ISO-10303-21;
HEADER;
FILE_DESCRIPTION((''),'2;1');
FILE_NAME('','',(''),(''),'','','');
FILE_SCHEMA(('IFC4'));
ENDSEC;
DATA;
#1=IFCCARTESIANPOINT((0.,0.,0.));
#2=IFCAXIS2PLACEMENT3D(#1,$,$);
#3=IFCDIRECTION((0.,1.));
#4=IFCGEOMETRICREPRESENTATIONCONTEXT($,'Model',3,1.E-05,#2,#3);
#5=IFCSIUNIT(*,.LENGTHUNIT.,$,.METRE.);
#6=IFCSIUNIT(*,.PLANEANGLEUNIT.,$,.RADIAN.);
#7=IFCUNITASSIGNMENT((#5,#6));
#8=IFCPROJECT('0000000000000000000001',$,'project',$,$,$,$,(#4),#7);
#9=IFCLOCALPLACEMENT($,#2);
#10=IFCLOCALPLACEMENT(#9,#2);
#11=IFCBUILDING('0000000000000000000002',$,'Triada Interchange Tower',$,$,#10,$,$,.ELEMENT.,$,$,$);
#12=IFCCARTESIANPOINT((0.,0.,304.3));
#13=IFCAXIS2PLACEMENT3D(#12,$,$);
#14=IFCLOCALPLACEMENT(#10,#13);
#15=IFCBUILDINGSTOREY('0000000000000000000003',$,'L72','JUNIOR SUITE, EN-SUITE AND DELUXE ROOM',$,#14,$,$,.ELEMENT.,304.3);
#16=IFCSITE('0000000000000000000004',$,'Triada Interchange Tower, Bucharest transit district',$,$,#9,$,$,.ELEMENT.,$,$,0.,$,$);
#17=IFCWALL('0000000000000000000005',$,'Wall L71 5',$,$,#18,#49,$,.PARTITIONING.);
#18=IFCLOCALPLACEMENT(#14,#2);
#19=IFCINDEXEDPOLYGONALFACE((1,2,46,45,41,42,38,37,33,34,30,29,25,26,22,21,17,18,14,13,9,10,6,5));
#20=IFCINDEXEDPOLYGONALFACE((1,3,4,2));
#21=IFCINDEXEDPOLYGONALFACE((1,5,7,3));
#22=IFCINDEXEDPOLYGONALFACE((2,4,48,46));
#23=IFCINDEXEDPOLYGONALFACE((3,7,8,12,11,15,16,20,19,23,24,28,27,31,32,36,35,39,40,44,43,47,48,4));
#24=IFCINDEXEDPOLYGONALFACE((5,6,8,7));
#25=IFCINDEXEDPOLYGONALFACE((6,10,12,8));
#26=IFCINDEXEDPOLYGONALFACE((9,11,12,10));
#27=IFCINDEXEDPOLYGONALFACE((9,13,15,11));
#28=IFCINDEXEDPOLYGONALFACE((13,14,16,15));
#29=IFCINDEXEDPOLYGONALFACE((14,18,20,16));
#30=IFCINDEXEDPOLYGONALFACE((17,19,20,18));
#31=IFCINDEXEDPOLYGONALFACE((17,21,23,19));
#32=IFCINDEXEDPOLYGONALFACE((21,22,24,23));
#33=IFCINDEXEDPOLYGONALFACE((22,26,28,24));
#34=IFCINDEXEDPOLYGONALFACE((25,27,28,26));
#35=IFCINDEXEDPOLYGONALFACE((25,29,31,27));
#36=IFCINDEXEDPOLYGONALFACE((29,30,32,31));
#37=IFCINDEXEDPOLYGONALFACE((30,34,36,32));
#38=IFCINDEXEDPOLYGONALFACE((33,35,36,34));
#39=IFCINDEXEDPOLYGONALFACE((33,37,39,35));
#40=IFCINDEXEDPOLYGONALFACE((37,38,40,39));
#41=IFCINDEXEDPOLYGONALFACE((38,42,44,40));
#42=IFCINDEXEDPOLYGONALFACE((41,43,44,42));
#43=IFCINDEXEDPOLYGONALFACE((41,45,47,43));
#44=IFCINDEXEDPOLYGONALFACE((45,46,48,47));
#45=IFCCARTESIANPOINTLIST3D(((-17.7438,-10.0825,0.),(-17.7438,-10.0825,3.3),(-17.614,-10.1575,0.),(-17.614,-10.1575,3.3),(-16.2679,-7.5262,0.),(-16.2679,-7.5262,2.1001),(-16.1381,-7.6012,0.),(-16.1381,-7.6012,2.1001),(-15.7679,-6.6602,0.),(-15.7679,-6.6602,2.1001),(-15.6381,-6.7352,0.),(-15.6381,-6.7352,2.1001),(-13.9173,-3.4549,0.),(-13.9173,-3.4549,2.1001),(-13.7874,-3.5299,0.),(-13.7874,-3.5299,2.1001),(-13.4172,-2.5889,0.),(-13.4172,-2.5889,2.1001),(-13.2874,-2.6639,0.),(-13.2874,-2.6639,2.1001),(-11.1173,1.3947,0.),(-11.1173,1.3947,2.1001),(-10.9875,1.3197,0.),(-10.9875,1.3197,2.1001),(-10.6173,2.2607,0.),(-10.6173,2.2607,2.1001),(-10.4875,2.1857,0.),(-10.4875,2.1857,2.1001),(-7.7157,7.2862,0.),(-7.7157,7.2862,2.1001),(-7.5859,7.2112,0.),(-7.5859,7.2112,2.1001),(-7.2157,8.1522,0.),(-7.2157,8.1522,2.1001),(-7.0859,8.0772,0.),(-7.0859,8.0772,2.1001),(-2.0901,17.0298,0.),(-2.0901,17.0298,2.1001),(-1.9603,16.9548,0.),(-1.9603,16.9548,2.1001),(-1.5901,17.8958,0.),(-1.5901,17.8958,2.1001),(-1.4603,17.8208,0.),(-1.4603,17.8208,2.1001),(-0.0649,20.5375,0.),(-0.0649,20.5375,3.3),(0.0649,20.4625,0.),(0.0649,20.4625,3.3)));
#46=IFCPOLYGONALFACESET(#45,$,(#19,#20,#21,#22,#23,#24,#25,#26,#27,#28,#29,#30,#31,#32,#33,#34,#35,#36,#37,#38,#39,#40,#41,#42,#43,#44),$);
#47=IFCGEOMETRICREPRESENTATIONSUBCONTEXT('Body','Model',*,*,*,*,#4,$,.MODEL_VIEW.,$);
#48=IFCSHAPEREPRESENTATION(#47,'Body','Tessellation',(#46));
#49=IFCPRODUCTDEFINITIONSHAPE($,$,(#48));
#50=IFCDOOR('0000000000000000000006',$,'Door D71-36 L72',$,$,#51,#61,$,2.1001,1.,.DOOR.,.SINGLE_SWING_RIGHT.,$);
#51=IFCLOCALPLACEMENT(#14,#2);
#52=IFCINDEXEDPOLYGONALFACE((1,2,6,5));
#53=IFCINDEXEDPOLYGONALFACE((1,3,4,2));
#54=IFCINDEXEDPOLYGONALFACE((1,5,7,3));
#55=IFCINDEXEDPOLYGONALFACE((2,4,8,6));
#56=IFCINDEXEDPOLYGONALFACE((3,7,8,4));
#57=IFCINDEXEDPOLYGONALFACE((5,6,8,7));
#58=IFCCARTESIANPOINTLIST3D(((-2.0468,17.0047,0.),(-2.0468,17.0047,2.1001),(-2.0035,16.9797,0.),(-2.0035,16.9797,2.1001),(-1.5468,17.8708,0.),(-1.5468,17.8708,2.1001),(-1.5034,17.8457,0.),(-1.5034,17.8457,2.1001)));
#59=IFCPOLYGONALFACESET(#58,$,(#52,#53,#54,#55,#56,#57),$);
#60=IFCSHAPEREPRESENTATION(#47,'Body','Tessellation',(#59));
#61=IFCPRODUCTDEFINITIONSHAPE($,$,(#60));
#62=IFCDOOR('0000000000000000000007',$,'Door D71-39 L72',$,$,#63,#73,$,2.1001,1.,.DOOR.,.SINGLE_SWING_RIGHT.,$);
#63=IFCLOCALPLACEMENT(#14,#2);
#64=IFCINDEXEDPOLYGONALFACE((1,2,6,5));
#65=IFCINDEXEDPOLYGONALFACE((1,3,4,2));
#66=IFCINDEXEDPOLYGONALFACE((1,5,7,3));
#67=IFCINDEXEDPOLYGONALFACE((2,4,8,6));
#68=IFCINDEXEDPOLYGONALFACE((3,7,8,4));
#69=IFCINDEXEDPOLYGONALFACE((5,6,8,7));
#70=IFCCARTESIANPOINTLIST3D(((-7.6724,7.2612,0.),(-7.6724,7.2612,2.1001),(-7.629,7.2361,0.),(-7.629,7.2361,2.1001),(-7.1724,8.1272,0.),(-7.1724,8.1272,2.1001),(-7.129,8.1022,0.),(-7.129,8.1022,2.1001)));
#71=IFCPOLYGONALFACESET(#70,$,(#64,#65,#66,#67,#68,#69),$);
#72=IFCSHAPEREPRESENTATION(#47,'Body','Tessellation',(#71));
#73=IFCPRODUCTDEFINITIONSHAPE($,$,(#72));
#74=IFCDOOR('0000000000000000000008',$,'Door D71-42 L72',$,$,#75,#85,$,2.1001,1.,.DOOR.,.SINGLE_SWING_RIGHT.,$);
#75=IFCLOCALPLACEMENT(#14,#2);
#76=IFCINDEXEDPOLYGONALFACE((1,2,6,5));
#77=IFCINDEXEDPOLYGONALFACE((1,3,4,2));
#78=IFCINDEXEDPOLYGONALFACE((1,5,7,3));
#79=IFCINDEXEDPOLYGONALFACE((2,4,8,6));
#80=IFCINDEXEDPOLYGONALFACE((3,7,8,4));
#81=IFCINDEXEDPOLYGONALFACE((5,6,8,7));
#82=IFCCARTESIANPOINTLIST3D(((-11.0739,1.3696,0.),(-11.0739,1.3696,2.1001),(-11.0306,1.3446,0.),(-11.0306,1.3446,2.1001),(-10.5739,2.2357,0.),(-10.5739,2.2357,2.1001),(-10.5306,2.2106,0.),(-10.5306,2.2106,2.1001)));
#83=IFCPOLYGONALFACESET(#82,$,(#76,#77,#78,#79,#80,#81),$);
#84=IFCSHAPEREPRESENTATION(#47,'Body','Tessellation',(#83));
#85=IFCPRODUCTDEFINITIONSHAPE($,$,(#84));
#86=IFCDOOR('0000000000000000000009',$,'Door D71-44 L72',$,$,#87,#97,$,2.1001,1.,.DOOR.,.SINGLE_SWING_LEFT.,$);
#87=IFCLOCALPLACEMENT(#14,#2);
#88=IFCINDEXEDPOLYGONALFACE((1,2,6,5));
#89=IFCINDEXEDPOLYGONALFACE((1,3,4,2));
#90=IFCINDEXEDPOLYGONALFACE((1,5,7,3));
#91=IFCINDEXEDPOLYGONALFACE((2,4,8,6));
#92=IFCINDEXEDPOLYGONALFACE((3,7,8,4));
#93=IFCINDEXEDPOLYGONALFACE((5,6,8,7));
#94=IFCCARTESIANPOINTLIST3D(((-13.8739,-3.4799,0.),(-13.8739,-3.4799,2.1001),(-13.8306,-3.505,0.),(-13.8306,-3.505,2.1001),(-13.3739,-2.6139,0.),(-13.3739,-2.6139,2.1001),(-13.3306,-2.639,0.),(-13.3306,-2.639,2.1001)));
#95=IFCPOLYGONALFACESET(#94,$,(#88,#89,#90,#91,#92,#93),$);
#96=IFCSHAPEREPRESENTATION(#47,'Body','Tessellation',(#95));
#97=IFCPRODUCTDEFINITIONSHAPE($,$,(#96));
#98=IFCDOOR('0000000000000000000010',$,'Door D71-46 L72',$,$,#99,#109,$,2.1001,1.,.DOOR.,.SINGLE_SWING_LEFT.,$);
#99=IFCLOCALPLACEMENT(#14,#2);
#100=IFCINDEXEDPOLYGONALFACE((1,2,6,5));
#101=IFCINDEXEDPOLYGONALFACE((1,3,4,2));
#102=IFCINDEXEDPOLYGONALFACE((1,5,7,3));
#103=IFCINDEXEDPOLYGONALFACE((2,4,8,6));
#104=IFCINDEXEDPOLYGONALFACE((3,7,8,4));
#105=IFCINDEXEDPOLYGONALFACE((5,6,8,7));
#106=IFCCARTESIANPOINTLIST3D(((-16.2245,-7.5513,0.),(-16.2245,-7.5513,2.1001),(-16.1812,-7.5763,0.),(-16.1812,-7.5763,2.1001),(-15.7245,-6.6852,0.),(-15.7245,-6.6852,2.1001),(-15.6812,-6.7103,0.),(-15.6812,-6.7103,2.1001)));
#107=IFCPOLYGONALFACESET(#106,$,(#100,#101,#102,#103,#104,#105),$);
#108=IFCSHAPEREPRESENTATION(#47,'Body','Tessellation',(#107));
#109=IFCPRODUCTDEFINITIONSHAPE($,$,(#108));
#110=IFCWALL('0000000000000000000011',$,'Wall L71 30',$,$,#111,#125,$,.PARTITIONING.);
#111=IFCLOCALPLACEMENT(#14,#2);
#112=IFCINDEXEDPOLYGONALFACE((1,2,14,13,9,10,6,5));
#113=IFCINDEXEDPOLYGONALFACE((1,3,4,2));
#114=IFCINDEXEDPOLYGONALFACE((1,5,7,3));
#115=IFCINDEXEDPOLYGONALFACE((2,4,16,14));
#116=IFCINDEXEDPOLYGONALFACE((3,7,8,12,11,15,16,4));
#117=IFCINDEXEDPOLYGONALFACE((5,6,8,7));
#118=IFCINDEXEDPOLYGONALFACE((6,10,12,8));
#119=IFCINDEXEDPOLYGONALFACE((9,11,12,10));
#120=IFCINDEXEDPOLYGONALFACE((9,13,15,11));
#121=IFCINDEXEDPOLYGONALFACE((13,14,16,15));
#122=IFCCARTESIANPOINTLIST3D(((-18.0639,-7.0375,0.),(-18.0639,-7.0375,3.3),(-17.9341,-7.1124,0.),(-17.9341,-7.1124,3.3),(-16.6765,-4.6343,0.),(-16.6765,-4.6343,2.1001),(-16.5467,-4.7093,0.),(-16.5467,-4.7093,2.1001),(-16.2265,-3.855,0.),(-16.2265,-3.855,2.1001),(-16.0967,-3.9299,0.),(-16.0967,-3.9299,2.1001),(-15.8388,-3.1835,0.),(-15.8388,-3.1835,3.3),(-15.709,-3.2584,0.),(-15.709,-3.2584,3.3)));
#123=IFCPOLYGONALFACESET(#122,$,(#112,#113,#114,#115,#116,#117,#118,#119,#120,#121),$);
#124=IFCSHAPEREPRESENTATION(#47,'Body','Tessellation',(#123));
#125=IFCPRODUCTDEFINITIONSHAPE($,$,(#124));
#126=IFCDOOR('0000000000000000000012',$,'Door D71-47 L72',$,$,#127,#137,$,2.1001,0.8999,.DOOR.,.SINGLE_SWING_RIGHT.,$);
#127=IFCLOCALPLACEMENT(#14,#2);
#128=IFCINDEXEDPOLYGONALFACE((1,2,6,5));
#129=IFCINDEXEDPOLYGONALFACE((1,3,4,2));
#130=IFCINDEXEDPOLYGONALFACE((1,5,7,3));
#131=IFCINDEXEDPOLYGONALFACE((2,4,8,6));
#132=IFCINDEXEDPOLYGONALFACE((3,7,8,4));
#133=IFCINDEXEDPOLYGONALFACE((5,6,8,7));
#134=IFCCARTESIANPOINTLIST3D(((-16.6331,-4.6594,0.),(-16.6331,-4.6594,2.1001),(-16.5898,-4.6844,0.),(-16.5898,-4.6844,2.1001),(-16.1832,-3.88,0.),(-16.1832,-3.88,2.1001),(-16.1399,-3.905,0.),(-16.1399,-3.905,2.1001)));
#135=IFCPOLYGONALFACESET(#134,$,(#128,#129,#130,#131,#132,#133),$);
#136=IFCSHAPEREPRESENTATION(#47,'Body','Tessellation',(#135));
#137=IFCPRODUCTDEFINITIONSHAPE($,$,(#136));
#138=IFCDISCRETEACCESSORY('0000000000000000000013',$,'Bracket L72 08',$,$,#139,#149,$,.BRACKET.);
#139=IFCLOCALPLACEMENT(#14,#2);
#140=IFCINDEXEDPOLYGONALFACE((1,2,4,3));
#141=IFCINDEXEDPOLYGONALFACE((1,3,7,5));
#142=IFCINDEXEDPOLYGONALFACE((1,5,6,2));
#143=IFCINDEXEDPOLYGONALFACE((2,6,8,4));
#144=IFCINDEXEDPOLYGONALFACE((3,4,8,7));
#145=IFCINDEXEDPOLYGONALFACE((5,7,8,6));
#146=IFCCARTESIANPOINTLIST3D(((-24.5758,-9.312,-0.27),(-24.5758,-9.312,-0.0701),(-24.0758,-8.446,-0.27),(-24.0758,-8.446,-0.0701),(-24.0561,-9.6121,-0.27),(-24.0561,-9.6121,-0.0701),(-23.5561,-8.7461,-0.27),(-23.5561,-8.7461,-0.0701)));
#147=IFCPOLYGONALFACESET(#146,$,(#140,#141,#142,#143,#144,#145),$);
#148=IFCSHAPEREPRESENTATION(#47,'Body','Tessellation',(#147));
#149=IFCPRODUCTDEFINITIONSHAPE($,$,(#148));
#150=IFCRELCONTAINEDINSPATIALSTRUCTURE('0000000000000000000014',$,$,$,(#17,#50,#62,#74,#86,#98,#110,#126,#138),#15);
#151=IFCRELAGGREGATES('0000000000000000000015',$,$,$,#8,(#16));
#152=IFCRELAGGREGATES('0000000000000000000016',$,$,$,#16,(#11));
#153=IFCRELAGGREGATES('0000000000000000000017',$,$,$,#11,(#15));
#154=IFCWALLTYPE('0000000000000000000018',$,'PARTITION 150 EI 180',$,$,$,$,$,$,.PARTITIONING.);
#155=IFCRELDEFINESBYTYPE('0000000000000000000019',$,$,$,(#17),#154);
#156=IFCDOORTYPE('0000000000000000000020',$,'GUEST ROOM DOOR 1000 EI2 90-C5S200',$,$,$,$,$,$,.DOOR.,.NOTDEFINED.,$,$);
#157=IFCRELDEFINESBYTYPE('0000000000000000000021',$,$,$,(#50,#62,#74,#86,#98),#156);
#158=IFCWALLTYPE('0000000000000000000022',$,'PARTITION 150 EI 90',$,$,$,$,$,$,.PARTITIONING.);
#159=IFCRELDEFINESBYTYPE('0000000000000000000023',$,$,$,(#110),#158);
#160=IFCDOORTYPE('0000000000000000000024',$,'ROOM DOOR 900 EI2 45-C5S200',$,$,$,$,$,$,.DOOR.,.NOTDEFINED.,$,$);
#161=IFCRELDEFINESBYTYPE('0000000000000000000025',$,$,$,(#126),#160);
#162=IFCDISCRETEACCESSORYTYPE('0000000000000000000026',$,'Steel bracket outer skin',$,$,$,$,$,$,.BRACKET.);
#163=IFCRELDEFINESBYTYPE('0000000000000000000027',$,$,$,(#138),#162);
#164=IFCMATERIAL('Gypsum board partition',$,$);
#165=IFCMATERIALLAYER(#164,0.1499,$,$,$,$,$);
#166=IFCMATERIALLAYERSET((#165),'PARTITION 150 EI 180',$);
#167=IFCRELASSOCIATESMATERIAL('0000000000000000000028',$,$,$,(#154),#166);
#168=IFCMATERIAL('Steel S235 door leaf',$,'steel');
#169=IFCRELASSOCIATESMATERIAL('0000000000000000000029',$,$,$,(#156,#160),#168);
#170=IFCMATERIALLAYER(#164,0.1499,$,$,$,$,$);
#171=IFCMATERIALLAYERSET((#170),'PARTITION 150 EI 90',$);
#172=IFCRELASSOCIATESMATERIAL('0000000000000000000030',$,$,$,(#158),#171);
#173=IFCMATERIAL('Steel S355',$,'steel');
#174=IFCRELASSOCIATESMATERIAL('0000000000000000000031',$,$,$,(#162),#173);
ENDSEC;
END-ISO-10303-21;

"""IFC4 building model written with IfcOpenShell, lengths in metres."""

from ifc_helpers import new_model, si_unit, direction, frame, frame_2d, origin, origin_2d, place, context, subcontext, project, spatial, rectangle, extrude, material, layer, layer_set, type_object, element, fill, save


model = new_model("IFC4")

# Units and contexts
model_context = context("Model", 3, precision=1e-05, world=origin(), true_north=direction((0.0, 1.0)))
body_context = subcontext(model_context, "Body", "Model", "MODEL_VIEW")
ifc_project = project(units=[si_unit("LENGTHUNIT", "METRE"), si_unit("PLANEANGLEUNIT", "RADIAN")], contexts=[model_context])

# Site, building, storey
site_placement = place(None, origin())
site = spatial("IfcSite", under=ifc_project, at=site_placement, Name="Triada Interchange Tower, Bucharest transit district", CompositionType="ELEMENT", RefElevation=0.0)
building_placement = place(site_placement, origin())
building = spatial("IfcBuilding", under=site, at=building_placement, Name="Triada Interchange Tower", CompositionType="ELEMENT")
storey_placement = place(building_placement, frame((0.0, 0.0, 304.3)))
storey = spatial("IfcBuildingStorey", under=building, at=storey_placement, Name="L72", Description="JUNIOR SUITE, EN-SUITE AND DELUXE ROOM", CompositionType="ELEMENT", Elevation=304.3)

# Wall, openings, doors
ifc_material_1 = material(Name="Gypsum board partition")
ifc_layer_1 = layer(ifc_material_1, 0.1499)
ifc_layer_set_1 = layer_set([ifc_layer_1], Name="PARTITION 150 EI 180")
wall_type_1 = type_object("IfcWallType", Name="PARTITION 150 EI 180", PredefinedType="PARTITIONING", material=ifc_layer_set_1)
ifc_material_2 = material(Name="Steel S235 door leaf", Category="steel")
door_type_1 = type_object("IfcDoorType", Name="GUEST ROOM DOOR 1000 EI2 90-C5S200", OperationType="NOTDEFINED", PredefinedType="DOOR", material=ifc_material_2)
wall_1_placement = place(storey_placement, frame((-17.679, -10.1201, 0.0), z_axis=(0.0, 0.0, 1.0), x_axis=(0.500009, 0.86602, 0.0)))
wall_1 = element("IfcWall", 1, at=wall_1_placement, inside=storey, type_object=wall_type_1, Name="Wall L71 5", PredefinedType="PARTITIONING", context=body_context, shape_type="SweptSolid", body=[
    extrude(rectangle(XDim=35.3572, YDim=0.1499, at=frame_2d((17.6787, 0.0))), origin(), (0.0, 0.0, 1.0), 3.3),
])
opening_1_placement = place(wall_1_placement, frame((31.3069, 0.0, 0.0)))
opening_1 = element("IfcOpeningElement", 2, at=opening_1_placement, cuts=wall_1, PredefinedType="OPENING", context=body_context, shape_type="SweptSolid", body=[
    extrude(rectangle(XDim=1.0, YDim=2.1001, at=frame_2d((0.5, 1.05))), frame((0.0, 0.085, 0.0), z_axis=(0.0, -1.0, 0.0), x_axis=(1.0, 0.0, 0.0)), (0.0, 0.0, 1.0), 0.1699),
])
opening_2_placement = place(wall_1_placement, frame((20.0559, 0.0, 0.0)))
opening_2 = element("IfcOpeningElement", 3, at=opening_2_placement, cuts=wall_1, PredefinedType="OPENING", context=body_context, shape_type="SweptSolid", body=[
    extrude(rectangle(XDim=1.0, YDim=2.1001, at=frame_2d((0.5, 1.05))), frame((0.0, 0.085, 0.0), z_axis=(0.0, -1.0, 0.0), x_axis=(1.0, 0.0, 0.0)), (0.0, 0.0, 1.0), 0.1699),
])
opening_3_placement = place(wall_1_placement, frame((13.2529, 0.0, 0.0)))
opening_3 = element("IfcOpeningElement", 4, at=opening_3_placement, cuts=wall_1, PredefinedType="OPENING", context=body_context, shape_type="SweptSolid", body=[
    extrude(rectangle(XDim=1.0, YDim=2.1001, at=frame_2d((0.5, 1.05))), frame((0.0, 0.085, 0.0), z_axis=(0.0, -1.0, 0.0), x_axis=(1.0, 0.0, 0.0)), (0.0, 0.0, 1.0), 0.1699),
])
opening_4_placement = place(wall_1_placement, frame((7.6531, 0.0, 0.0)))
opening_4 = element("IfcOpeningElement", 5, at=opening_4_placement, cuts=wall_1, PredefinedType="OPENING", context=body_context, shape_type="SweptSolid", body=[
    extrude(rectangle(XDim=1.0, YDim=2.1001, at=frame_2d((0.5, 1.05))), frame((0.0, 0.085, 0.0), z_axis=(0.0, -1.0, 0.0), x_axis=(1.0, 0.0, 0.0)), (0.0, 0.0, 1.0), 0.1699),
])
opening_5_placement = place(wall_1_placement, frame((2.9519, 0.0, 0.0)))
opening_5 = element("IfcOpeningElement", 6, at=opening_5_placement, cuts=wall_1, PredefinedType="OPENING", context=body_context, shape_type="SweptSolid", body=[
    extrude(rectangle(XDim=1.0, YDim=2.1001, at=frame_2d((0.5, 1.05))), frame((0.0, 0.085, 0.0), z_axis=(0.0, -1.0, 0.0), x_axis=(1.0, 0.0, 0.0)), (0.0, 0.0, 1.0), 0.1699),
])
door_1_placement = place(opening_1_placement, origin())
door_1 = element("IfcDoor", 7, at=door_1_placement, inside=storey, type_object=door_type_1, Name="Door D71-36 L72", OperationType="SINGLE_SWING_RIGHT", OverallHeight=2.1001, OverallWidth=1.0, PredefinedType="DOOR", context=body_context, shape_type="SweptSolid", body=[
    extrude(rectangle(XDim=1.0, YDim=2.1001, at=frame_2d((0.5, 1.05))), frame((0.0, 0.0249, 0.0), z_axis=(0.0, -1.0, 0.0), x_axis=(1.0, 0.0, 0.0)), (0.0, 0.0, 1.0), 0.05),
])
fill(opening_1, door_1)
door_2_placement = place(opening_2_placement, origin())
door_2 = element("IfcDoor", 8, at=door_2_placement, inside=storey, type_object=door_type_1, Name="Door D71-39 L72", OperationType="SINGLE_SWING_RIGHT", OverallHeight=2.1001, OverallWidth=1.0, PredefinedType="DOOR", context=body_context, shape_type="SweptSolid", body=[
    extrude(rectangle(XDim=1.0, YDim=2.1001, at=frame_2d((0.5, 1.05))), frame((0.0, 0.0249, 0.0), z_axis=(0.0, -1.0, 0.0), x_axis=(1.0, 0.0, 0.0)), (0.0, 0.0, 1.0), 0.05),
])
fill(opening_2, door_2)
door_3_placement = place(opening_3_placement, origin())
door_3 = element("IfcDoor", 9, at=door_3_placement, inside=storey, type_object=door_type_1, Name="Door D71-42 L72", OperationType="SINGLE_SWING_RIGHT", OverallHeight=2.1001, OverallWidth=1.0, PredefinedType="DOOR", context=body_context, shape_type="SweptSolid", body=[
    extrude(rectangle(XDim=1.0, YDim=2.1001, at=frame_2d((0.5, 1.05))), frame((0.0, 0.0249, 0.0), z_axis=(0.0, -1.0, 0.0), x_axis=(1.0, 0.0, 0.0)), (0.0, 0.0, 1.0), 0.05),
])
fill(opening_3, door_3)
door_4_placement = place(opening_4_placement, origin())
door_4 = element("IfcDoor", 10, at=door_4_placement, inside=storey, type_object=door_type_1, Name="Door D71-44 L72", OperationType="SINGLE_SWING_LEFT", OverallHeight=2.1001, OverallWidth=1.0, PredefinedType="DOOR", context=body_context, shape_type="SweptSolid", body=[
    extrude(rectangle(XDim=1.0, YDim=2.1001, at=frame_2d((0.5, 1.05))), frame((0.0, 0.0249, 0.0), z_axis=(0.0, -1.0, 0.0), x_axis=(1.0, 0.0, 0.0)), (0.0, 0.0, 1.0), 0.05),
])
fill(opening_4, door_4)
door_5_placement = place(opening_5_placement, origin())
door_5 = element("IfcDoor", 11, at=door_5_placement, inside=storey, type_object=door_type_1, Name="Door D71-46 L72", OperationType="SINGLE_SWING_LEFT", OverallHeight=2.1001, OverallWidth=1.0, PredefinedType="DOOR", context=body_context, shape_type="SweptSolid", body=[
    extrude(rectangle(XDim=1.0, YDim=2.1001, at=frame_2d((0.5, 1.05))), frame((0.0, 0.0249, 0.0), z_axis=(0.0, -1.0, 0.0), x_axis=(1.0, 0.0, 0.0)), (0.0, 0.0, 1.0), 0.05),
])
fill(opening_5, door_5)

# Wall, opening, door
ifc_layer_2 = layer(ifc_material_1, 0.1499)
ifc_layer_set_2 = layer_set([ifc_layer_2], Name="PARTITION 150 EI 90")
wall_type_2 = type_object("IfcWallType", Name="PARTITION 150 EI 90", PredefinedType="PARTITIONING", material=ifc_layer_set_2)
wall_2_placement = place(storey_placement, frame((-17.999, -7.075, 0.0), z_axis=(0.0, 0.0, 1.0), x_axis=(0.499998, 0.866027, 0.0)))
wall_2 = element("IfcWall", 12, at=wall_2_placement, inside=storey, type_object=wall_type_2, Name="Wall L71 30", PredefinedType="PARTITIONING", context=body_context, shape_type="SweptSolid", body=[
    extrude(rectangle(XDim=4.4502, YDim=0.1499, at=frame_2d((2.2251, 0.0))), origin(), (0.0, 0.0, 1.0), 3.3),
])
opening_6_placement = place(wall_2_placement, frame((2.7749, 0.0, 0.0)))
opening_6 = element("IfcOpeningElement", 13, at=opening_6_placement, cuts=wall_2, PredefinedType="OPENING", context=body_context, shape_type="SweptSolid", body=[
    extrude(rectangle(XDim=0.8999, YDim=2.1001, at=frame_2d((0.45, 1.05))), frame((0.0, 0.085, 0.0), z_axis=(0.0, -1.0, 0.0), x_axis=(1.0, 0.0, 0.0)), (0.0, 0.0, 1.0), 0.1699),
])
door_type_2 = type_object("IfcDoorType", Name="ROOM DOOR 900 EI2 45-C5S200", OperationType="NOTDEFINED", PredefinedType="DOOR", material=ifc_material_2)
door_6_placement = place(opening_6_placement, origin())
door_6 = element("IfcDoor", 14, at=door_6_placement, inside=storey, type_object=door_type_2, Name="Door D71-47 L72", OperationType="SINGLE_SWING_RIGHT", OverallHeight=2.1001, OverallWidth=0.8999, PredefinedType="DOOR", context=body_context, shape_type="SweptSolid", body=[
    extrude(rectangle(XDim=0.8999, YDim=2.1001, at=frame_2d((0.45, 1.05))), frame((0.0, 0.0249, 0.0), z_axis=(0.0, -1.0, 0.0), x_axis=(1.0, 0.0, 0.0)), (0.0, 0.0, 1.0), 0.05),
])
fill(opening_6, door_6)

# Discrete accessory
ifc_material_3 = material(Name="Steel S355", Category="steel")
discrete_accessory_type = type_object("IfcDiscreteAccessoryType", Name="Steel bracket outer skin", PredefinedType="BRACKET", material=ifc_material_3)
discrete_accessory_placement = place(storey_placement, frame((-24.0659, -9.0291, -0.27), z_axis=(0.0, 0.0, 1.0), x_axis=(-0.866027, 0.499997, 0.0)))
element("IfcDiscreteAccessory", 15, at=discrete_accessory_placement, inside=storey, type_object=discrete_accessory_type, Name="Bracket L72 08", PredefinedType="BRACKET", context=body_context, shape_type="SweptSolid", body=[
    extrude(rectangle(XDim=0.6001, YDim=1.0, at=origin_2d()), origin(), (0.0, 0.0, 1.0), 0.2),
])

save(model, "model.ifc")
